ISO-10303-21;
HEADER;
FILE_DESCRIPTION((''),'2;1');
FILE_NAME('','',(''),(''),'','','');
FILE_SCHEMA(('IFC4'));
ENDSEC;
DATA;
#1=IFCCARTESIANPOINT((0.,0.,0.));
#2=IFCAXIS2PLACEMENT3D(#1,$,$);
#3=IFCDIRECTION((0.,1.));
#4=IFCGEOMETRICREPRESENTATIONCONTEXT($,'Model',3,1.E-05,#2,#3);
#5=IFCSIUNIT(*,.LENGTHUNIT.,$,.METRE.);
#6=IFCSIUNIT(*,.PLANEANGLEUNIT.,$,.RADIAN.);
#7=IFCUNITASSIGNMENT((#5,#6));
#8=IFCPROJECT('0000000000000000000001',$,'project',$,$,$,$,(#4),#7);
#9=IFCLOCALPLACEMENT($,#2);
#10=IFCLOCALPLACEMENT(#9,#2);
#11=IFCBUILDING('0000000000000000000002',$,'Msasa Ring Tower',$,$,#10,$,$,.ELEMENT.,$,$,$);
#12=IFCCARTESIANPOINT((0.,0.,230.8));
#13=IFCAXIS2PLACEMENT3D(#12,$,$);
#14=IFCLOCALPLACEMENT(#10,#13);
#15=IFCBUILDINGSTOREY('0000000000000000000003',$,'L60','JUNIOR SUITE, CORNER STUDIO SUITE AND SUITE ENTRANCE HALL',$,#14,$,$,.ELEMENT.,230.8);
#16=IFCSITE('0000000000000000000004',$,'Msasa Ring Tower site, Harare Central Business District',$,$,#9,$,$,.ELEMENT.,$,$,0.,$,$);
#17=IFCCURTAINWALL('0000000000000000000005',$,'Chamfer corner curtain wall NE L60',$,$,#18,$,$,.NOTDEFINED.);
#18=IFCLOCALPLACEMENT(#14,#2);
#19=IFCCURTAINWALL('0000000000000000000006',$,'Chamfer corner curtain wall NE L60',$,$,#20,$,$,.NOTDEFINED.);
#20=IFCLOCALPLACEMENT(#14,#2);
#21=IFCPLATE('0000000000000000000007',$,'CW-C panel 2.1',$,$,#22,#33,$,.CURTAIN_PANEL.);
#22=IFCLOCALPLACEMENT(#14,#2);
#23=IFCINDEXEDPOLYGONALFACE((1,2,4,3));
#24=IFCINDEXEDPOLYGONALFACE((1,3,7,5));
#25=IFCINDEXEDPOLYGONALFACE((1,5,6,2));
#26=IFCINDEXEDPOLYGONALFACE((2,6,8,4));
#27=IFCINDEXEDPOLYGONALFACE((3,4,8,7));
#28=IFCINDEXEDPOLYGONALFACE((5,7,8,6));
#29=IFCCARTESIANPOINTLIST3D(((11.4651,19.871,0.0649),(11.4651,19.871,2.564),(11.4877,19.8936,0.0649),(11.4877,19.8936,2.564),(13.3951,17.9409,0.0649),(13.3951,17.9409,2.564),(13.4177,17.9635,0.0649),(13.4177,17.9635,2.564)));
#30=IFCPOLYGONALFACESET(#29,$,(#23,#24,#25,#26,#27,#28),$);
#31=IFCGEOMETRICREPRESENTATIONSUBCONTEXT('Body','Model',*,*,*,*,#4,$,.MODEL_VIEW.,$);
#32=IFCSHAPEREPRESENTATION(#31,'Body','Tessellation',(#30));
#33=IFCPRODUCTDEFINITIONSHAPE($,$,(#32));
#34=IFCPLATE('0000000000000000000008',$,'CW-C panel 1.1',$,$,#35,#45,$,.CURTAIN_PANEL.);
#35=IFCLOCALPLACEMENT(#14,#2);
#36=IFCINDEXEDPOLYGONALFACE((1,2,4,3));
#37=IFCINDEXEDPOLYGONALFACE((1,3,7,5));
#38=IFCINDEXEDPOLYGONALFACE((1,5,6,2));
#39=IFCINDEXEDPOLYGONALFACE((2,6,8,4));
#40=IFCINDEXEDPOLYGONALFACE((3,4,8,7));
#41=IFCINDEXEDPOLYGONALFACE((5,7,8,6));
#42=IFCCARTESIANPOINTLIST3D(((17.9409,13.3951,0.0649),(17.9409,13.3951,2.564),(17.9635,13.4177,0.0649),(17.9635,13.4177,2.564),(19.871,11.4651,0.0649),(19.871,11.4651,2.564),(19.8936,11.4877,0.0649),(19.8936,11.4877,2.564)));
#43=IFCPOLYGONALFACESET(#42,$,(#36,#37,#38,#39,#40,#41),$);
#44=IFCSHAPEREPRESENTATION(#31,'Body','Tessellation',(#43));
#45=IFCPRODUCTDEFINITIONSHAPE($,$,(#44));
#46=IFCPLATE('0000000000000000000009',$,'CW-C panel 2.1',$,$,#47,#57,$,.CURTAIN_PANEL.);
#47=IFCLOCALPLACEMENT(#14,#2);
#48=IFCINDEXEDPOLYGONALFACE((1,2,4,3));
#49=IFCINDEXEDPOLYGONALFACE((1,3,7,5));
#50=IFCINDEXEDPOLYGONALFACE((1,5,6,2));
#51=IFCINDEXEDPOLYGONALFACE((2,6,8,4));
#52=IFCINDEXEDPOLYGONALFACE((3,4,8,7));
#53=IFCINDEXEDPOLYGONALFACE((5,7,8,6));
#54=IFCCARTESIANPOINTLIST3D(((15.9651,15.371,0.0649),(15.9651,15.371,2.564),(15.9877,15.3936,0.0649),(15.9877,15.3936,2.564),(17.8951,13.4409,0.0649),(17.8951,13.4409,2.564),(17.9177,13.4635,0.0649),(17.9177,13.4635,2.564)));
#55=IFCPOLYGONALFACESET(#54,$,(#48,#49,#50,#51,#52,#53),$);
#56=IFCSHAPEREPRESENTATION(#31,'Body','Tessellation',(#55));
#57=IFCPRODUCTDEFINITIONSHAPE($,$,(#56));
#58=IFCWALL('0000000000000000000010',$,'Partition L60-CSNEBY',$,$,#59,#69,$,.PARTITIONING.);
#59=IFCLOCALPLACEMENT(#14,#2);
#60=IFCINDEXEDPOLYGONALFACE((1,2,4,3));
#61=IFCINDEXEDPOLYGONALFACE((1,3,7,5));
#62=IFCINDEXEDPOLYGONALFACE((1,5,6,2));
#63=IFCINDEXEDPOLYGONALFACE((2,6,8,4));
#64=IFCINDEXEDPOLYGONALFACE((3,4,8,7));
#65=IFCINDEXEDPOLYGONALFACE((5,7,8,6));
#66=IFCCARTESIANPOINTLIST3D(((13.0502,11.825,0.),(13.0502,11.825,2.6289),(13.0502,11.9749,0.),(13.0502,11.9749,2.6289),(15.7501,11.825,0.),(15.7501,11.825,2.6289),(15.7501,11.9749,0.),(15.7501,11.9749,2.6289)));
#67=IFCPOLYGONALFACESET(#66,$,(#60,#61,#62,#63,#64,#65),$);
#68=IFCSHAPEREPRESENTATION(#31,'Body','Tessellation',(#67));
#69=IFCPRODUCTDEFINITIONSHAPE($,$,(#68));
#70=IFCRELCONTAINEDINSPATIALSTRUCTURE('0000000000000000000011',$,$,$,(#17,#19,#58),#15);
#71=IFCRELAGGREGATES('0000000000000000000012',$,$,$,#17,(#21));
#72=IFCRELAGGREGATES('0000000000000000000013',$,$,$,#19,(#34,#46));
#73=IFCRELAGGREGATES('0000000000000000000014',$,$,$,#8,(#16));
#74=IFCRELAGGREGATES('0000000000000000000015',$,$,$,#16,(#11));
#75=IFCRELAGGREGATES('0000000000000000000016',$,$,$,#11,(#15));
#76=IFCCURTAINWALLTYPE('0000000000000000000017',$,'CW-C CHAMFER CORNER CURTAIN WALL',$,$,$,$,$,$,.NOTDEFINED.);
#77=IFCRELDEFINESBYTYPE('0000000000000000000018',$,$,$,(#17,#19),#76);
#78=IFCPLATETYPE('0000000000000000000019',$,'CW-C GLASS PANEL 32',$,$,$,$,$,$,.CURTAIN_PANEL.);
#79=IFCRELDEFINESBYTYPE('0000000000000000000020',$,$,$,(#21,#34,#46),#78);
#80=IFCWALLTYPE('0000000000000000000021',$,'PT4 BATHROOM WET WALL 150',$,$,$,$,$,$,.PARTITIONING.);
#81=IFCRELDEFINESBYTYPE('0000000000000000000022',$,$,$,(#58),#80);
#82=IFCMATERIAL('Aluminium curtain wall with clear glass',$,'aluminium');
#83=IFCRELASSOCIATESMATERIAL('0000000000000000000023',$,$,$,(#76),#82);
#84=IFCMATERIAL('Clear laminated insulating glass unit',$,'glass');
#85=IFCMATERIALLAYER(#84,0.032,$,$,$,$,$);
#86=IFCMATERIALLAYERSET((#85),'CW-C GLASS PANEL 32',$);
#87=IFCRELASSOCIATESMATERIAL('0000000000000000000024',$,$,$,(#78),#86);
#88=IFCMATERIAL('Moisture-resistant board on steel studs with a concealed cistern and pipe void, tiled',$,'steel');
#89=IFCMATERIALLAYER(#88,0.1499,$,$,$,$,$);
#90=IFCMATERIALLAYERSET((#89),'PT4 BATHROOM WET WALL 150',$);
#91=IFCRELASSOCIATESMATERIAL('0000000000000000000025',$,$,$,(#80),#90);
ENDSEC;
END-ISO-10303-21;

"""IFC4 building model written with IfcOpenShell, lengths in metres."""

from ifc_helpers import new_model, si_unit, direction, frame, frame_2d, origin, origin_2d, place, context, subcontext, project, spatial, rectangle, extrude, material, layer, layer_set, type_object, element, aggregate, save


model = new_model("IFC4")

# Units and contexts
model_context = context("Model", 3, precision=1e-05, world=origin(), true_north=direction((0.0, 1.0)))
body_context = subcontext(model_context, "Body", "Model", "MODEL_VIEW")
ifc_project = project(units=[si_unit("LENGTHUNIT", "METRE"), si_unit("PLANEANGLEUNIT", "RADIAN")], contexts=[model_context])

# Site, building, storey
site_placement = place(None, origin())
site = spatial("IfcSite", under=ifc_project, at=site_placement, Name="Msasa Ring Tower site, Harare Central Business District", CompositionType="ELEMENT", RefElevation=0.0)
building_placement = place(site_placement, origin())
building = spatial("IfcBuilding", under=site, at=building_placement, Name="Msasa Ring Tower", CompositionType="ELEMENT")
storey_placement = place(building_placement, frame((0.0, 0.0, 230.8)))
storey = spatial("IfcBuildingStorey", under=building, at=storey_placement, Name="L60", Description="JUNIOR SUITE, CORNER STUDIO SUITE AND SUITE ENTRANCE HALL", CompositionType="ELEMENT", Elevation=230.8)

# Curtain walls
ifc_material_1 = material(Name="Aluminium curtain wall with clear glass", Category="aluminium")
curtain_wall_type = type_object("IfcCurtainWallType", Name="CW-C CHAMFER CORNER CURTAIN WALL", PredefinedType="NOTDEFINED", material=ifc_material_1)
curtain_wall_1_placement = place(storey_placement, origin())
curtain_wall_1 = element("IfcCurtainWall", 1, at=curtain_wall_1_placement, inside=storey, type_object=curtain_wall_type, Name="Chamfer corner curtain wall NE L60", PredefinedType="NOTDEFINED")
curtain_wall_2_placement = place(storey_placement, origin())
curtain_wall_2 = element("IfcCurtainWall", 2, at=curtain_wall_2_placement, inside=storey, type_object=curtain_wall_type, Name="Chamfer corner curtain wall NE L60", PredefinedType="NOTDEFINED")

# Plates
ifc_material_2 = material(Name="Clear laminated insulating glass unit", Category="glass")
ifc_layer_1 = layer(ifc_material_2, 0.032)
ifc_layer_set_1 = layer_set([ifc_layer_1], Name="CW-C GLASS PANEL 32")
plate_type = type_object("IfcPlateType", Name="CW-C GLASS PANEL 32", PredefinedType="CURTAIN_PANEL", material=ifc_layer_set_1)
plate_1_placement = place(storey_placement, frame((12.4414, 18.9172, 0.0649), z_axis=(0.0, 0.0, 1.0), x_axis=(-0.707107, 0.707107, 0.0)))
plate_1 = element("IfcPlate", 3, at=plate_1_placement, type_object=plate_type, Name="CW-C panel 2.1", PredefinedType="CURTAIN_PANEL", context=body_context, shape_type="SweptSolid", body=[
    extrude(rectangle(XDim=2.7295, YDim=0.032, at=origin_2d()), origin(), (0.0, 0.0, 1.0), 2.499),
])
aggregate(curtain_wall_1, [plate_1])
plate_2_placement = place(storey_placement, frame((18.9172, 12.4414, 0.0649), z_axis=(0.0, 0.0, 1.0), x_axis=(-0.707107, 0.707107, 0.0)))
plate_2 = element("IfcPlate", 4, at=plate_2_placement, type_object=plate_type, Name="CW-C panel 1.1", PredefinedType="CURTAIN_PANEL", context=body_context, shape_type="SweptSolid", body=[
    extrude(rectangle(XDim=2.7295, YDim=0.032, at=origin_2d()), origin(), (0.0, 0.0, 1.0), 2.499),
])
plate_3_placement = place(storey_placement, frame((16.9414, 14.4172, 0.0649), z_axis=(0.0, 0.0, 1.0), x_axis=(-0.707107, 0.707107, 0.0)))
plate_3 = element("IfcPlate", 5, at=plate_3_placement, type_object=plate_type, Name="CW-C panel 2.1", PredefinedType="CURTAIN_PANEL", context=body_context, shape_type="SweptSolid", body=[
    extrude(rectangle(XDim=2.7295, YDim=0.032, at=origin_2d()), origin(), (0.0, 0.0, 1.0), 2.499),
])
aggregate(curtain_wall_2, [plate_2, plate_3])

# Wall
ifc_material_3 = material(Name="Moisture-resistant board on steel studs with a concealed cistern and pipe void, tiled", Category="steel")
ifc_layer_2 = layer(ifc_material_3, 0.1499)
ifc_layer_set_2 = layer_set([ifc_layer_2], Name="PT4 BATHROOM WET WALL 150")
wall_type = type_object("IfcWallType", Name="PT4 BATHROOM WET WALL 150", PredefinedType="PARTITIONING", material=ifc_layer_set_2)
wall_placement = place(storey_placement, frame((13.05, 11.8999, 0.0), z_axis=(0.0, 0.0, 1.0), x_axis=(1.0, 0.0, 0.0)))
element("IfcWall", 6, at=wall_placement, inside=storey, type_object=wall_type, Name="Partition L60-CSNEBY", PredefinedType="PARTITIONING", context=body_context, shape_type="SweptSolid", body=[
    extrude(rectangle(XDim=2.7, YDim=0.1499, at=frame_2d((1.3501, 0.0))), origin(), (0.0, 0.0, 1.0), 2.6289),
])

save(model, "model.ifc")
